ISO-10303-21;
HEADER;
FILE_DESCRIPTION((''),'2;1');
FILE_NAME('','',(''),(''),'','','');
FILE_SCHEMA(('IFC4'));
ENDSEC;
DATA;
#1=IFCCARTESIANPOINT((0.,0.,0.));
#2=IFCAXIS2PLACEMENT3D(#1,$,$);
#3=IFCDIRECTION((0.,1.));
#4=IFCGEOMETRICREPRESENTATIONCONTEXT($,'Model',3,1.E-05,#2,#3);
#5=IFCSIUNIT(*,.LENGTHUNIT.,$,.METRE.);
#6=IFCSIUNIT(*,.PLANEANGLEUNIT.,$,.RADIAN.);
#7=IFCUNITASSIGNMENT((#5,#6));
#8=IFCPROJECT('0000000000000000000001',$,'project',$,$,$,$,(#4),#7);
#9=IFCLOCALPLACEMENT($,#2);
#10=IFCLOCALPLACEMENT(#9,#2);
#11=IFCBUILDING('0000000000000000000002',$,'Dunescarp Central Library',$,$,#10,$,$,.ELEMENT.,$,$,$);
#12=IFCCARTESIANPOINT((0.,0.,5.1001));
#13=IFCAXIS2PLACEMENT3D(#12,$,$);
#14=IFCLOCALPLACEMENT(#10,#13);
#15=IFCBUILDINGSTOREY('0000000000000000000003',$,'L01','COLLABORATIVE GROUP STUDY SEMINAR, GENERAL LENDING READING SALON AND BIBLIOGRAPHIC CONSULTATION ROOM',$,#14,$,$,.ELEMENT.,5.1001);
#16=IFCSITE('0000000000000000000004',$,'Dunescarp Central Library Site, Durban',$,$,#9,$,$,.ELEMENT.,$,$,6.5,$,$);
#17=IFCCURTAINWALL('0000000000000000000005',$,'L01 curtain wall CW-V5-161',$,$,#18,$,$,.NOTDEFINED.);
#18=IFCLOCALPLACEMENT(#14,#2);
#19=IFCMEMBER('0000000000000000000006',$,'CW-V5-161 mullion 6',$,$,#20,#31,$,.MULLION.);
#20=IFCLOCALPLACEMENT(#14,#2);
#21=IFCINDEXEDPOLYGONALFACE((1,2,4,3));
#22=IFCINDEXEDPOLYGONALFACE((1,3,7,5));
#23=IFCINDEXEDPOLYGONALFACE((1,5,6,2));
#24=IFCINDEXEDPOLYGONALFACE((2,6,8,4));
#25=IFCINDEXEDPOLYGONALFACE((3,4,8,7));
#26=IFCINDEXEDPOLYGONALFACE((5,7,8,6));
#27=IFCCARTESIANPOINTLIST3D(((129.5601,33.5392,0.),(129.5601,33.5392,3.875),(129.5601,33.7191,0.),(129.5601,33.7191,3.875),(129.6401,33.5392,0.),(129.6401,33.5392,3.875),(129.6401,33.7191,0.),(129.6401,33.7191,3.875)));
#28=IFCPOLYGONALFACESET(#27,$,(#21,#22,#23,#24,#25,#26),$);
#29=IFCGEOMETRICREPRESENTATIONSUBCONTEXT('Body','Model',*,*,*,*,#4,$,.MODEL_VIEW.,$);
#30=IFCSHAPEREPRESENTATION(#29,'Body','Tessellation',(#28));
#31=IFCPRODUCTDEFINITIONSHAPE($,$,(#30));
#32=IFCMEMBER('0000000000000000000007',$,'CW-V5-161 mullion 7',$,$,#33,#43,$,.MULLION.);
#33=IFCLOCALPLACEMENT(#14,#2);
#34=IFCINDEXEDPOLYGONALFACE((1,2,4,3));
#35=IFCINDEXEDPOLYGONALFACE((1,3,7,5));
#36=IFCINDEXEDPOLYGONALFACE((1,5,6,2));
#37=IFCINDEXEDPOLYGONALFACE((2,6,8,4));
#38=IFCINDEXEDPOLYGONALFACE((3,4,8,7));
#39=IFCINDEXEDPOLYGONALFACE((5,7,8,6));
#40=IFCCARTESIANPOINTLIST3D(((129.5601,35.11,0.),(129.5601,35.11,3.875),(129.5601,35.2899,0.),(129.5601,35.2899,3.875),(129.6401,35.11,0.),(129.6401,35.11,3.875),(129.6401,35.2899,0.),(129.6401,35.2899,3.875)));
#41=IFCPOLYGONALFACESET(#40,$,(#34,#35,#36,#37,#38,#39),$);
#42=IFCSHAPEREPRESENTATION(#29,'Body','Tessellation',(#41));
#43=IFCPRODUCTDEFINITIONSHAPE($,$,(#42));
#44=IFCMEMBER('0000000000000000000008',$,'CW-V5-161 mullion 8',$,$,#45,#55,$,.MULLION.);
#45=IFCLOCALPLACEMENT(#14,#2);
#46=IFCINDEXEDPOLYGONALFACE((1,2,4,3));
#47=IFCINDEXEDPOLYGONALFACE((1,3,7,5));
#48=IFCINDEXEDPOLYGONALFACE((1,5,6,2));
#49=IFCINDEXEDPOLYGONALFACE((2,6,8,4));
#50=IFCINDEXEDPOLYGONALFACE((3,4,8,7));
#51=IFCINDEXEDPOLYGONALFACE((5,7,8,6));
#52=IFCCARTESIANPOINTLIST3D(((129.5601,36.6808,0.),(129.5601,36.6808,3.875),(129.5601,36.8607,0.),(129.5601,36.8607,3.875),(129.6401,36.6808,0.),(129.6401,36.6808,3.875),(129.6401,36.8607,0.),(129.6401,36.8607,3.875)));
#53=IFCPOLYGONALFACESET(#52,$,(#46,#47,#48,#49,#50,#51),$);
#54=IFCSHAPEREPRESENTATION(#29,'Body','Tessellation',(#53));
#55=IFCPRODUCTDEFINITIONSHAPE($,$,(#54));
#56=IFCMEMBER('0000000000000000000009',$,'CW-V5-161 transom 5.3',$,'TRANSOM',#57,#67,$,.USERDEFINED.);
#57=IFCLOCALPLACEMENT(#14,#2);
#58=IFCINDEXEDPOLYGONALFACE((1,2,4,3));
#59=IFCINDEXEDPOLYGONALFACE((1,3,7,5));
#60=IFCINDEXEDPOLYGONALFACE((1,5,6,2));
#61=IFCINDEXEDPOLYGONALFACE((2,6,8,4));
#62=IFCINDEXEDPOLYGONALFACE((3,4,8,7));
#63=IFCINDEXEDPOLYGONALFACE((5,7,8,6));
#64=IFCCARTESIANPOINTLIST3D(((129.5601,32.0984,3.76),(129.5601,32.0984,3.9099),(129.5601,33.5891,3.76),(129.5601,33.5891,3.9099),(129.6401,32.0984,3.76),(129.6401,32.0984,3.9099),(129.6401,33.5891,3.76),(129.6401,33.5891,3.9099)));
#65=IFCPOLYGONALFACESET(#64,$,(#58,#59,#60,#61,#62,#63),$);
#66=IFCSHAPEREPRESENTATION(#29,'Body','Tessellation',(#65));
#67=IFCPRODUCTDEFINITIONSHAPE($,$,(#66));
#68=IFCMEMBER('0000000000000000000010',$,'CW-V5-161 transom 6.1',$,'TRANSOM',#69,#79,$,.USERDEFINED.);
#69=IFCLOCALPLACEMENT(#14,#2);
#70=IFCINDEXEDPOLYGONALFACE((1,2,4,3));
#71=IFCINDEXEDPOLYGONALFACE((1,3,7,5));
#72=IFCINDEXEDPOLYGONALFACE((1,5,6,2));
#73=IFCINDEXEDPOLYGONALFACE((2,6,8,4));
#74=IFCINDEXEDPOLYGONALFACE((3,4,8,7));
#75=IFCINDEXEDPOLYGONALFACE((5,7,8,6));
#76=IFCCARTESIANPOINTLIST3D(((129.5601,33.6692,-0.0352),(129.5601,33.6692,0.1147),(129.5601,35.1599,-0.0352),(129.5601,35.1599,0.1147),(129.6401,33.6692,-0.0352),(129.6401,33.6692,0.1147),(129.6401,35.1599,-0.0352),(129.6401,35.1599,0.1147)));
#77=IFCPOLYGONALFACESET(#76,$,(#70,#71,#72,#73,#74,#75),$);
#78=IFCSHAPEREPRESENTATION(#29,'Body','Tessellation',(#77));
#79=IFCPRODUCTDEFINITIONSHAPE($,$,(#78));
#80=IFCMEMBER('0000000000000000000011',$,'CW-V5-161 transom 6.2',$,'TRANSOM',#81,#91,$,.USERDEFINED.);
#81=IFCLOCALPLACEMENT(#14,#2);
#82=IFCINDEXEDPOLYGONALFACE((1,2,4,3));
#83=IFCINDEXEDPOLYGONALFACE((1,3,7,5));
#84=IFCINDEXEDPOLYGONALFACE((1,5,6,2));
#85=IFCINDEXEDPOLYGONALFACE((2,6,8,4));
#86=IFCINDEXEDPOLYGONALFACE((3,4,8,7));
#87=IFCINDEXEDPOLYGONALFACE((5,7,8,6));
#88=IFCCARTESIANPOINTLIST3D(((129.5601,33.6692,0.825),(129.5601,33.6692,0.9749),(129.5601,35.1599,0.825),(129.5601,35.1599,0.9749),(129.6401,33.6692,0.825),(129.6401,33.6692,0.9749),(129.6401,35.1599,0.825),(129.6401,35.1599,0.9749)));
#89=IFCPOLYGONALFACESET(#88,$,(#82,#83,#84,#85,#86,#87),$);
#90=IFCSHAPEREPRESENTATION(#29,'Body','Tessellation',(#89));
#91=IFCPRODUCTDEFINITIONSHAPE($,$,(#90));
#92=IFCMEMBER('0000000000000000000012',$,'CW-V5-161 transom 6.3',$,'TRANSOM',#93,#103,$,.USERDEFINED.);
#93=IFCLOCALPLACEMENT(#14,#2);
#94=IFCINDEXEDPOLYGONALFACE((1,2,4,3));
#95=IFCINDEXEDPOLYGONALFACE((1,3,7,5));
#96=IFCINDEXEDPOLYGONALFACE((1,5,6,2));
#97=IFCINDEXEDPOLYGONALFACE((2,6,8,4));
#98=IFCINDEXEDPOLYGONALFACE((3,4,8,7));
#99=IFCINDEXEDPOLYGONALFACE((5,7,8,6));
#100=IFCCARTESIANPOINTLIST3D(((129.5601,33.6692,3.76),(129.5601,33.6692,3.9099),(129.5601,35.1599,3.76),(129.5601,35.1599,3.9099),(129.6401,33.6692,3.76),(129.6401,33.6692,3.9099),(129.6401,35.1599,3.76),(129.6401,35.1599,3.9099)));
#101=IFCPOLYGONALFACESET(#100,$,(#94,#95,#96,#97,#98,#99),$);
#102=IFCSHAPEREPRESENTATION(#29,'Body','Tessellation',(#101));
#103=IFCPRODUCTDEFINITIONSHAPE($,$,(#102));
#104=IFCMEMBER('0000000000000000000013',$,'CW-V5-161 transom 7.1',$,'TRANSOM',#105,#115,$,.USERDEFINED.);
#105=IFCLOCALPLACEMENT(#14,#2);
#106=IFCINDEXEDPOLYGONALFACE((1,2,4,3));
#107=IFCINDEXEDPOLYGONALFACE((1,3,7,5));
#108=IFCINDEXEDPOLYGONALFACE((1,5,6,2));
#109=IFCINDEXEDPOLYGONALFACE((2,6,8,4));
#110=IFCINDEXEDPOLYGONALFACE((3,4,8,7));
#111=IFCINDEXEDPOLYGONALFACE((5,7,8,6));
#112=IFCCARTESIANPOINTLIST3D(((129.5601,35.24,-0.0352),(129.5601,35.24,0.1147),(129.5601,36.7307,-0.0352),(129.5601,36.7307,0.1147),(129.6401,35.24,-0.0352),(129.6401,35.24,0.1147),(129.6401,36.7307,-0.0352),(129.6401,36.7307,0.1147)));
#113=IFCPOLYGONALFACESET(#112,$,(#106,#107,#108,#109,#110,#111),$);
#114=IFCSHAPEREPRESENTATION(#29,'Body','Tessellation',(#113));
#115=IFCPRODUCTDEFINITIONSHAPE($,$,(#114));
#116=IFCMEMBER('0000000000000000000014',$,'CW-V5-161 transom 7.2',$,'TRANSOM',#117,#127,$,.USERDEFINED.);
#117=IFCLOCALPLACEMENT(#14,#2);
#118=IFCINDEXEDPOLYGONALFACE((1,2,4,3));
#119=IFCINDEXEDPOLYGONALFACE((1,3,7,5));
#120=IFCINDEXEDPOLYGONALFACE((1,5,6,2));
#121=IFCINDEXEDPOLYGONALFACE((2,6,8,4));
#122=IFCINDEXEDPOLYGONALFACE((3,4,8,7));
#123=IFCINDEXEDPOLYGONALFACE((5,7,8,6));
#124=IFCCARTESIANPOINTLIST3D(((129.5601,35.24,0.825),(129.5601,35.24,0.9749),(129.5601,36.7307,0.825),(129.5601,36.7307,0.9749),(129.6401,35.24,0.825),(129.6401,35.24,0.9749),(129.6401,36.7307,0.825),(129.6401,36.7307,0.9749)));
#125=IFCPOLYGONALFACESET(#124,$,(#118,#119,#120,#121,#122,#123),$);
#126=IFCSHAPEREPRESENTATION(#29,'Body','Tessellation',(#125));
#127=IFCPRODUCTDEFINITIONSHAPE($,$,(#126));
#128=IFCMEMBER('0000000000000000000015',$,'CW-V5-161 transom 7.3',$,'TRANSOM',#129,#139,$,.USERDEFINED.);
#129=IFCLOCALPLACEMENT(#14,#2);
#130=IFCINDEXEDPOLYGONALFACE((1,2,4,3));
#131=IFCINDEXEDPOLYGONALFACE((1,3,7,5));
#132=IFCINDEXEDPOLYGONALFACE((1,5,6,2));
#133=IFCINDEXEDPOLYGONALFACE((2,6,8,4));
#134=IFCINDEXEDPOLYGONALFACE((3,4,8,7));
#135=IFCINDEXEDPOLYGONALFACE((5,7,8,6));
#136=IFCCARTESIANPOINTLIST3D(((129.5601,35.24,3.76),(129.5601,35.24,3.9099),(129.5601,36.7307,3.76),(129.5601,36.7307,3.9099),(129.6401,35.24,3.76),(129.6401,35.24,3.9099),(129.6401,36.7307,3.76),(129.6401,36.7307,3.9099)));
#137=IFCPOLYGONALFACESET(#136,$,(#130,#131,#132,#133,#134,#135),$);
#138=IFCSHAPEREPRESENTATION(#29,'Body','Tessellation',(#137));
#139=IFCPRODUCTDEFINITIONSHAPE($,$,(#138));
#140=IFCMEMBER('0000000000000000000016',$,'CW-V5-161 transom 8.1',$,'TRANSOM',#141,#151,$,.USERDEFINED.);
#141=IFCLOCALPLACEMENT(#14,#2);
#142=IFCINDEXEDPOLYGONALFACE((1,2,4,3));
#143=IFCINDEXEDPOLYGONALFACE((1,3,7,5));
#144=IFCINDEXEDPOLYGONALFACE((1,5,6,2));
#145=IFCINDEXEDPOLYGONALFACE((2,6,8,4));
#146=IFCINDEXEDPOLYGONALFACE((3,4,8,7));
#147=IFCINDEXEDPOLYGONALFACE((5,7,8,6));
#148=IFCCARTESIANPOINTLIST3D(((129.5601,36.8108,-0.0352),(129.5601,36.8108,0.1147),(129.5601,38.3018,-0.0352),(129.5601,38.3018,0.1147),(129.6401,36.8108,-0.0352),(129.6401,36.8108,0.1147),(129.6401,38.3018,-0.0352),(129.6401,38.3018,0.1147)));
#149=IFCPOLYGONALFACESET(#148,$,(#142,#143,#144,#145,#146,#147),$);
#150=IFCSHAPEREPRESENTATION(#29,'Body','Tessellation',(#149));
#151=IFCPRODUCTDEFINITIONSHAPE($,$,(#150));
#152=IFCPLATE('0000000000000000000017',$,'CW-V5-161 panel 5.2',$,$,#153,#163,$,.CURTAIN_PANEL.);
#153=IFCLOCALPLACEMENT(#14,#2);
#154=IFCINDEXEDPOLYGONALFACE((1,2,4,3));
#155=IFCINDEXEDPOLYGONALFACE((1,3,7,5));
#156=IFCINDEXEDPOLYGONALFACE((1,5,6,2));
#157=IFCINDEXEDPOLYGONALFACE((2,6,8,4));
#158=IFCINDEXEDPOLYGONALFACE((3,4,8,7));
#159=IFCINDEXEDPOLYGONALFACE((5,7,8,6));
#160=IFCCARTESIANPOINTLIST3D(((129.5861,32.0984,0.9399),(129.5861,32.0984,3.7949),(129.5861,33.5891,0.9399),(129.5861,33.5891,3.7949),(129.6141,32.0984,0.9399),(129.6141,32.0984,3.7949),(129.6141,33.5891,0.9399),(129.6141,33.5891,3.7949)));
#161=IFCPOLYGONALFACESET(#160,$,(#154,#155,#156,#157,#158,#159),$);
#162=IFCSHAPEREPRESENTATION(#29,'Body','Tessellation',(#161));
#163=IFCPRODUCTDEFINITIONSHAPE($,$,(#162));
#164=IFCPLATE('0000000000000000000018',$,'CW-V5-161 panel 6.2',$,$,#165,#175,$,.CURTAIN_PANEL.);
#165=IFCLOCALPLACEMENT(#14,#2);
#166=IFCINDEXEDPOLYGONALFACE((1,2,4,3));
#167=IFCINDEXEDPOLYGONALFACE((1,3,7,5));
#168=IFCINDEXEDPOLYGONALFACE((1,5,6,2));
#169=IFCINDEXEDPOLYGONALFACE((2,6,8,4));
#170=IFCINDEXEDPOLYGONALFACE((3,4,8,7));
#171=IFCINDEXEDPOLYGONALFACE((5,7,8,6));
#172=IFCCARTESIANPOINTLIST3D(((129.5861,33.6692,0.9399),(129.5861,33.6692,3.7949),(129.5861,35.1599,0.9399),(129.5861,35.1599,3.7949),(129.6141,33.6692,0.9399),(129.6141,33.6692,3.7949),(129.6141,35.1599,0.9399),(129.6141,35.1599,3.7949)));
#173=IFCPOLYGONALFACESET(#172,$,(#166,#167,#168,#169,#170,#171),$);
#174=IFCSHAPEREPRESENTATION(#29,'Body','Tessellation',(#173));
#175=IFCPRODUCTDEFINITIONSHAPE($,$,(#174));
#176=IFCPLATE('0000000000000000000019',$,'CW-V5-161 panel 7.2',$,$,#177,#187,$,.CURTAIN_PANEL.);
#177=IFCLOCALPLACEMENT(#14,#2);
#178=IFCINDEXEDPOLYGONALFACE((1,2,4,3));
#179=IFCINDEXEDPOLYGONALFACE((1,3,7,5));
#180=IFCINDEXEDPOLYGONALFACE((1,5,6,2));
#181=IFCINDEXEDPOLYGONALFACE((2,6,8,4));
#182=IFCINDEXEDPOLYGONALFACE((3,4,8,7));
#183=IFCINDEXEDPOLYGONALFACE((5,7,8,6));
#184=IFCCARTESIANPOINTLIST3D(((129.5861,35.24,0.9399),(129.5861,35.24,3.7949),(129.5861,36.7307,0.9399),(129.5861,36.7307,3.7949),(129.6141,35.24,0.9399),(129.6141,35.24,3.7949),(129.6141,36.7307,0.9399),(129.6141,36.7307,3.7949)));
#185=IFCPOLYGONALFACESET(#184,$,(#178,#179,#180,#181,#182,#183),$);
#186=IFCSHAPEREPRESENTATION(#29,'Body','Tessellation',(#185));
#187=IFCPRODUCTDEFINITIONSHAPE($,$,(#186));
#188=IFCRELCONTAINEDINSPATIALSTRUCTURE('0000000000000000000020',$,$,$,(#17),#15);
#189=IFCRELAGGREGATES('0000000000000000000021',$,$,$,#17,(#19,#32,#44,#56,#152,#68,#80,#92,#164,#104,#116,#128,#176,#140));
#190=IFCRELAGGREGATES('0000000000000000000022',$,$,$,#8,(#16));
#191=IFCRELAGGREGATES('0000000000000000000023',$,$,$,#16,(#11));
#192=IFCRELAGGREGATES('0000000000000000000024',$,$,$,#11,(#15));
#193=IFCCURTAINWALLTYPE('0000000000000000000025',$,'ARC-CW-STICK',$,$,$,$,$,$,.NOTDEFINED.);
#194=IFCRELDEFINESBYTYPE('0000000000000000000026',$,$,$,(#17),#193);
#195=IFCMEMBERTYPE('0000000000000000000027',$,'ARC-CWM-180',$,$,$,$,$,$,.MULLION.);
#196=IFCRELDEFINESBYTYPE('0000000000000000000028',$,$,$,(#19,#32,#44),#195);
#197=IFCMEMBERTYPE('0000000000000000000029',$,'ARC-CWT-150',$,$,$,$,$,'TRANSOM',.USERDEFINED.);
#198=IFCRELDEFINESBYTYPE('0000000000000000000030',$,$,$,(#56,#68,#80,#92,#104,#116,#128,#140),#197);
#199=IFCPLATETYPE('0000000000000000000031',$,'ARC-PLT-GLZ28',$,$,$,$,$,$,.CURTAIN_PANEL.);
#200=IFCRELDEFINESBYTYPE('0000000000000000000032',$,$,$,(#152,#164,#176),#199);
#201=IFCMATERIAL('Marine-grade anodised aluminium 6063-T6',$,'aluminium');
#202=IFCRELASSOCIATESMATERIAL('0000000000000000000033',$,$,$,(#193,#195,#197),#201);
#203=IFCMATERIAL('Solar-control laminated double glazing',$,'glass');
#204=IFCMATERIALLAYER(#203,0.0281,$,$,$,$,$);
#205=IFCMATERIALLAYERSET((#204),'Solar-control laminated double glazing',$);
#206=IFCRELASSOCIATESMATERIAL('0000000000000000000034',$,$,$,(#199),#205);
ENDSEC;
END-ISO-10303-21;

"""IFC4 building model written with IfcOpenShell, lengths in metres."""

from ifc_helpers import new_model, si_unit, direction, frame, origin, origin_2d, place, context, subcontext, project, spatial, rectangle, extrude, material, layer, layer_set, material_profile, profile_set, type_object, element, aggregate, save


model = new_model("IFC4")

# Units and contexts
model_context = context("Model", 3, precision=1e-05, world=origin(), true_north=direction((0.0, 1.0)))
body_context = subcontext(model_context, "Body", "Model", "MODEL_VIEW")
ifc_project = project(units=[si_unit("LENGTHUNIT", "METRE"), si_unit("PLANEANGLEUNIT", "RADIAN")], contexts=[model_context])

# Site, building, storey
site_placement = place(None, origin())
site = spatial("IfcSite", under=ifc_project, at=site_placement, Name="Dunescarp Central Library Site, Durban", CompositionType="ELEMENT", RefElevation=6.5)
building_placement = place(site_placement, origin())
building = spatial("IfcBuilding", under=site, at=building_placement, Name="Dunescarp Central Library", CompositionType="ELEMENT")
storey_placement = place(building_placement, frame((0.0, 0.0, 5.1001)))
storey = spatial("IfcBuildingStorey", under=building, at=storey_placement, Name="L01", Description="COLLABORATIVE GROUP STUDY SEMINAR, GENERAL LENDING READING SALON AND BIBLIOGRAPHIC CONSULTATION ROOM", CompositionType="ELEMENT", Elevation=5.1001)

# Curtain wall, members, plates
ifc_material_1 = material(Name="Marine-grade anodised aluminium 6063-T6", Category="aluminium")
curtain_wall_type = type_object("IfcCurtainWallType", Name="ARC-CW-STICK", PredefinedType="NOTDEFINED", material=ifc_material_1)
curtain_wall_placement = place(storey_placement, origin())
curtain_wall = element("IfcCurtainWall", 1, at=curtain_wall_placement, inside=storey, type_object=curtain_wall_type, Name="L01 curtain wall CW-V5-161", PredefinedType="NOTDEFINED")
ifc_material_profile_1 = material_profile(ifc_material_1, rectangle(XDim=0.0801, YDim=0.1799, at=origin_2d()), Name="AL 80x180")
ifc_profile_set_1 = profile_set([ifc_material_profile_1], Name="Marine-grade anodised aluminium 6063-T6")
member_type_1 = type_object("IfcMemberType", Name="ARC-CWM-180", PredefinedType="MULLION", material=ifc_profile_set_1)
member_1_placement = place(storey_placement, frame((129.6001, 33.6292, 0.0), z_axis=(0.0, 0.0, 1.0), x_axis=(-1.0, 0.0, 0.0)))
member_1 = element("IfcMember", 2, at=member_1_placement, type_object=member_type_1, Name="CW-V5-161 mullion 6", PredefinedType="MULLION", context=body_context, shape_type="SweptSolid", body=[
    extrude(rectangle(XDim=0.0801, YDim=0.1799, at=origin_2d()), origin(), (0.0, 0.0, 1.0), 3.875),
])
member_2_placement = place(storey_placement, frame((129.6001, 35.2, 0.0), z_axis=(0.0, 0.0, 1.0), x_axis=(-1.0, 0.0, 0.0)))
member_2 = element("IfcMember", 3, at=member_2_placement, type_object=member_type_1, Name="CW-V5-161 mullion 7", PredefinedType="MULLION", context=body_context, shape_type="SweptSolid", body=[
    extrude(rectangle(XDim=0.0801, YDim=0.1799, at=origin_2d()), origin(), (0.0, 0.0, 1.0), 3.875),
])
member_3_placement = place(storey_placement, frame((129.6001, 36.7708, 0.0), z_axis=(0.0, 0.0, 1.0), x_axis=(-1.0, 0.0, 0.0)))
member_3 = element("IfcMember", 4, at=member_3_placement, type_object=member_type_1, Name="CW-V5-161 mullion 8", PredefinedType="MULLION", context=body_context, shape_type="SweptSolid", body=[
    extrude(rectangle(XDim=0.0801, YDim=0.1799, at=origin_2d()), origin(), (0.0, 0.0, 1.0), 3.875),
])
ifc_material_profile_2 = material_profile(ifc_material_1, rectangle(XDim=0.0801, YDim=0.1499, at=origin_2d()), Name="AL 80x150")
ifc_profile_set_2 = profile_set([ifc_material_profile_2], Name="Marine-grade anodised aluminium 6063-T6")
member_type_2 = type_object("IfcMemberType", Name="ARC-CWT-150", ElementType="TRANSOM", PredefinedType="USERDEFINED", material=ifc_profile_set_2)
member_4_placement = place(storey_placement, frame((129.6001, 32.0984, 3.835), z_axis=(0.0, 1.0, 0.0), x_axis=(-1.0, 0.0, 0.0)))
member_4 = element("IfcMember", 5, at=member_4_placement, type_object=member_type_2, Name="CW-V5-161 transom 5.3", ObjectType="TRANSOM", PredefinedType="USERDEFINED", context=body_context, shape_type="SweptSolid", body=[
    extrude(rectangle(XDim=0.0801, YDim=0.1499, at=origin_2d()), origin(), (0.0, 0.0, 1.0), 1.4907),
])
member_5_placement = place(storey_placement, frame((129.6001, 33.6692, 0.0398), z_axis=(0.0, 1.0, 0.0), x_axis=(-1.0, 0.0, 0.0)))
member_5 = element("IfcMember", 6, at=member_5_placement, type_object=member_type_2, Name="CW-V5-161 transom 6.1", ObjectType="TRANSOM", PredefinedType="USERDEFINED", context=body_context, shape_type="SweptSolid", body=[
    extrude(rectangle(XDim=0.0801, YDim=0.1499, at=origin_2d()), origin(), (0.0, 0.0, 1.0), 1.4907),
])
member_6_placement = place(storey_placement, frame((129.6001, 33.6692, 0.8999), z_axis=(0.0, 1.0, 0.0), x_axis=(-1.0, 0.0, 0.0)))
member_6 = element("IfcMember", 7, at=member_6_placement, type_object=member_type_2, Name="CW-V5-161 transom 6.2", ObjectType="TRANSOM", PredefinedType="USERDEFINED", context=body_context, shape_type="SweptSolid", body=[
    extrude(rectangle(XDim=0.0801, YDim=0.1499, at=origin_2d()), origin(), (0.0, 0.0, 1.0), 1.4907),
])
member_7_placement = place(storey_placement, frame((129.6001, 33.6692, 3.835), z_axis=(0.0, 1.0, 0.0), x_axis=(-1.0, 0.0, 0.0)))
member_7 = element("IfcMember", 8, at=member_7_placement, type_object=member_type_2, Name="CW-V5-161 transom 6.3", ObjectType="TRANSOM", PredefinedType="USERDEFINED", context=body_context, shape_type="SweptSolid", body=[
    extrude(rectangle(XDim=0.0801, YDim=0.1499, at=origin_2d()), origin(), (0.0, 0.0, 1.0), 1.4907),
])
member_8_placement = place(storey_placement, frame((129.6001, 35.24, 0.0398), z_axis=(0.0, 1.0, 0.0), x_axis=(-1.0, 0.0, 0.0)))
member_8 = element("IfcMember", 9, at=member_8_placement, type_object=member_type_2, Name="CW-V5-161 transom 7.1", ObjectType="TRANSOM", PredefinedType="USERDEFINED", context=body_context, shape_type="SweptSolid", body=[
    extrude(rectangle(XDim=0.0801, YDim=0.1499, at=origin_2d()), origin(), (0.0, 0.0, 1.0), 1.4907),
])
member_9_placement = place(storey_placement, frame((129.6001, 35.24, 0.8999), z_axis=(0.0, 1.0, 0.0), x_axis=(-1.0, 0.0, 0.0)))
member_9 = element("IfcMember", 10, at=member_9_placement, type_object=member_type_2, Name="CW-V5-161 transom 7.2", ObjectType="TRANSOM", PredefinedType="USERDEFINED", context=body_context, shape_type="SweptSolid", body=[
    extrude(rectangle(XDim=0.0801, YDim=0.1499, at=origin_2d()), origin(), (0.0, 0.0, 1.0), 1.4907),
])
member_10_placement = place(storey_placement, frame((129.6001, 35.24, 3.835), z_axis=(0.0, 1.0, 0.0), x_axis=(-1.0, 0.0, 0.0)))
member_10 = element("IfcMember", 11, at=member_10_placement, type_object=member_type_2, Name="CW-V5-161 transom 7.3", ObjectType="TRANSOM", PredefinedType="USERDEFINED", context=body_context, shape_type="SweptSolid", body=[
    extrude(rectangle(XDim=0.0801, YDim=0.1499, at=origin_2d()), origin(), (0.0, 0.0, 1.0), 1.4907),
])
member_11_placement = place(storey_placement, frame((129.6001, 36.8108, 0.0398), z_axis=(0.0, 1.0, 0.0), x_axis=(-1.0, 0.0, 0.0)))
member_11 = element("IfcMember", 12, at=member_11_placement, type_object=member_type_2, Name="CW-V5-161 transom 8.1", ObjectType="TRANSOM", PredefinedType="USERDEFINED", context=body_context, shape_type="SweptSolid", body=[
    extrude(rectangle(XDim=0.0801, YDim=0.1499, at=origin_2d()), origin(), (0.0, 0.0, 1.0), 1.491),
])
ifc_material_2 = material(Name="Solar-control laminated double glazing", Category="glass")
ifc_layer_1 = layer(ifc_material_2, 0.0281)
ifc_layer_set_1 = layer_set([ifc_layer_1], Name="Solar-control laminated double glazing")
plate_type_1 = type_object("IfcPlateType", Name="ARC-PLT-GLZ28", PredefinedType="CURTAIN_PANEL", material=ifc_layer_set_1)
plate_1_placement = place(storey_placement, frame((129.6001, 32.8438, 0.9399), z_axis=(0.0, 0.0, 1.0), x_axis=(0.0, 1.0, 0.0)))
plate_1 = element("IfcPlate", 13, at=plate_1_placement, type_object=plate_type_1, Name="CW-V5-161 panel 5.2", PredefinedType="CURTAIN_PANEL", context=body_context, shape_type="SweptSolid", body=[
    extrude(rectangle(XDim=1.4907, YDim=0.0281, at=origin_2d()), origin(), (0.0, 0.0, 1.0), 2.855),
])
plate_2_placement = place(storey_placement, frame((129.6001, 34.4146, 0.9399), z_axis=(0.0, 0.0, 1.0), x_axis=(0.0, 1.0, 0.0)))
plate_2 = element("IfcPlate", 14, at=plate_2_placement, type_object=plate_type_1, Name="CW-V5-161 panel 6.2", PredefinedType="CURTAIN_PANEL", context=body_context, shape_type="SweptSolid", body=[
    extrude(rectangle(XDim=1.4907, YDim=0.0281, at=origin_2d()), origin(), (0.0, 0.0, 1.0), 2.855),
])
plate_3_placement = place(storey_placement, frame((129.6001, 35.9854, 0.9399), z_axis=(0.0, 0.0, 1.0), x_axis=(0.0, 1.0, 0.0)))
plate_3 = element("IfcPlate", 15, at=plate_3_placement, type_object=plate_type_1, Name="CW-V5-161 panel 7.2", PredefinedType="CURTAIN_PANEL", context=body_context, shape_type="SweptSolid", body=[
    extrude(rectangle(XDim=1.4907, YDim=0.0281, at=origin_2d()), origin(), (0.0, 0.0, 1.0), 2.855),
])
aggregate(curtain_wall, [member_1, member_2, member_3, member_4, plate_1, member_5, member_6, member_7, plate_2, member_8, member_9, member_10, plate_3, member_11])

save(model, "model.ifc")
